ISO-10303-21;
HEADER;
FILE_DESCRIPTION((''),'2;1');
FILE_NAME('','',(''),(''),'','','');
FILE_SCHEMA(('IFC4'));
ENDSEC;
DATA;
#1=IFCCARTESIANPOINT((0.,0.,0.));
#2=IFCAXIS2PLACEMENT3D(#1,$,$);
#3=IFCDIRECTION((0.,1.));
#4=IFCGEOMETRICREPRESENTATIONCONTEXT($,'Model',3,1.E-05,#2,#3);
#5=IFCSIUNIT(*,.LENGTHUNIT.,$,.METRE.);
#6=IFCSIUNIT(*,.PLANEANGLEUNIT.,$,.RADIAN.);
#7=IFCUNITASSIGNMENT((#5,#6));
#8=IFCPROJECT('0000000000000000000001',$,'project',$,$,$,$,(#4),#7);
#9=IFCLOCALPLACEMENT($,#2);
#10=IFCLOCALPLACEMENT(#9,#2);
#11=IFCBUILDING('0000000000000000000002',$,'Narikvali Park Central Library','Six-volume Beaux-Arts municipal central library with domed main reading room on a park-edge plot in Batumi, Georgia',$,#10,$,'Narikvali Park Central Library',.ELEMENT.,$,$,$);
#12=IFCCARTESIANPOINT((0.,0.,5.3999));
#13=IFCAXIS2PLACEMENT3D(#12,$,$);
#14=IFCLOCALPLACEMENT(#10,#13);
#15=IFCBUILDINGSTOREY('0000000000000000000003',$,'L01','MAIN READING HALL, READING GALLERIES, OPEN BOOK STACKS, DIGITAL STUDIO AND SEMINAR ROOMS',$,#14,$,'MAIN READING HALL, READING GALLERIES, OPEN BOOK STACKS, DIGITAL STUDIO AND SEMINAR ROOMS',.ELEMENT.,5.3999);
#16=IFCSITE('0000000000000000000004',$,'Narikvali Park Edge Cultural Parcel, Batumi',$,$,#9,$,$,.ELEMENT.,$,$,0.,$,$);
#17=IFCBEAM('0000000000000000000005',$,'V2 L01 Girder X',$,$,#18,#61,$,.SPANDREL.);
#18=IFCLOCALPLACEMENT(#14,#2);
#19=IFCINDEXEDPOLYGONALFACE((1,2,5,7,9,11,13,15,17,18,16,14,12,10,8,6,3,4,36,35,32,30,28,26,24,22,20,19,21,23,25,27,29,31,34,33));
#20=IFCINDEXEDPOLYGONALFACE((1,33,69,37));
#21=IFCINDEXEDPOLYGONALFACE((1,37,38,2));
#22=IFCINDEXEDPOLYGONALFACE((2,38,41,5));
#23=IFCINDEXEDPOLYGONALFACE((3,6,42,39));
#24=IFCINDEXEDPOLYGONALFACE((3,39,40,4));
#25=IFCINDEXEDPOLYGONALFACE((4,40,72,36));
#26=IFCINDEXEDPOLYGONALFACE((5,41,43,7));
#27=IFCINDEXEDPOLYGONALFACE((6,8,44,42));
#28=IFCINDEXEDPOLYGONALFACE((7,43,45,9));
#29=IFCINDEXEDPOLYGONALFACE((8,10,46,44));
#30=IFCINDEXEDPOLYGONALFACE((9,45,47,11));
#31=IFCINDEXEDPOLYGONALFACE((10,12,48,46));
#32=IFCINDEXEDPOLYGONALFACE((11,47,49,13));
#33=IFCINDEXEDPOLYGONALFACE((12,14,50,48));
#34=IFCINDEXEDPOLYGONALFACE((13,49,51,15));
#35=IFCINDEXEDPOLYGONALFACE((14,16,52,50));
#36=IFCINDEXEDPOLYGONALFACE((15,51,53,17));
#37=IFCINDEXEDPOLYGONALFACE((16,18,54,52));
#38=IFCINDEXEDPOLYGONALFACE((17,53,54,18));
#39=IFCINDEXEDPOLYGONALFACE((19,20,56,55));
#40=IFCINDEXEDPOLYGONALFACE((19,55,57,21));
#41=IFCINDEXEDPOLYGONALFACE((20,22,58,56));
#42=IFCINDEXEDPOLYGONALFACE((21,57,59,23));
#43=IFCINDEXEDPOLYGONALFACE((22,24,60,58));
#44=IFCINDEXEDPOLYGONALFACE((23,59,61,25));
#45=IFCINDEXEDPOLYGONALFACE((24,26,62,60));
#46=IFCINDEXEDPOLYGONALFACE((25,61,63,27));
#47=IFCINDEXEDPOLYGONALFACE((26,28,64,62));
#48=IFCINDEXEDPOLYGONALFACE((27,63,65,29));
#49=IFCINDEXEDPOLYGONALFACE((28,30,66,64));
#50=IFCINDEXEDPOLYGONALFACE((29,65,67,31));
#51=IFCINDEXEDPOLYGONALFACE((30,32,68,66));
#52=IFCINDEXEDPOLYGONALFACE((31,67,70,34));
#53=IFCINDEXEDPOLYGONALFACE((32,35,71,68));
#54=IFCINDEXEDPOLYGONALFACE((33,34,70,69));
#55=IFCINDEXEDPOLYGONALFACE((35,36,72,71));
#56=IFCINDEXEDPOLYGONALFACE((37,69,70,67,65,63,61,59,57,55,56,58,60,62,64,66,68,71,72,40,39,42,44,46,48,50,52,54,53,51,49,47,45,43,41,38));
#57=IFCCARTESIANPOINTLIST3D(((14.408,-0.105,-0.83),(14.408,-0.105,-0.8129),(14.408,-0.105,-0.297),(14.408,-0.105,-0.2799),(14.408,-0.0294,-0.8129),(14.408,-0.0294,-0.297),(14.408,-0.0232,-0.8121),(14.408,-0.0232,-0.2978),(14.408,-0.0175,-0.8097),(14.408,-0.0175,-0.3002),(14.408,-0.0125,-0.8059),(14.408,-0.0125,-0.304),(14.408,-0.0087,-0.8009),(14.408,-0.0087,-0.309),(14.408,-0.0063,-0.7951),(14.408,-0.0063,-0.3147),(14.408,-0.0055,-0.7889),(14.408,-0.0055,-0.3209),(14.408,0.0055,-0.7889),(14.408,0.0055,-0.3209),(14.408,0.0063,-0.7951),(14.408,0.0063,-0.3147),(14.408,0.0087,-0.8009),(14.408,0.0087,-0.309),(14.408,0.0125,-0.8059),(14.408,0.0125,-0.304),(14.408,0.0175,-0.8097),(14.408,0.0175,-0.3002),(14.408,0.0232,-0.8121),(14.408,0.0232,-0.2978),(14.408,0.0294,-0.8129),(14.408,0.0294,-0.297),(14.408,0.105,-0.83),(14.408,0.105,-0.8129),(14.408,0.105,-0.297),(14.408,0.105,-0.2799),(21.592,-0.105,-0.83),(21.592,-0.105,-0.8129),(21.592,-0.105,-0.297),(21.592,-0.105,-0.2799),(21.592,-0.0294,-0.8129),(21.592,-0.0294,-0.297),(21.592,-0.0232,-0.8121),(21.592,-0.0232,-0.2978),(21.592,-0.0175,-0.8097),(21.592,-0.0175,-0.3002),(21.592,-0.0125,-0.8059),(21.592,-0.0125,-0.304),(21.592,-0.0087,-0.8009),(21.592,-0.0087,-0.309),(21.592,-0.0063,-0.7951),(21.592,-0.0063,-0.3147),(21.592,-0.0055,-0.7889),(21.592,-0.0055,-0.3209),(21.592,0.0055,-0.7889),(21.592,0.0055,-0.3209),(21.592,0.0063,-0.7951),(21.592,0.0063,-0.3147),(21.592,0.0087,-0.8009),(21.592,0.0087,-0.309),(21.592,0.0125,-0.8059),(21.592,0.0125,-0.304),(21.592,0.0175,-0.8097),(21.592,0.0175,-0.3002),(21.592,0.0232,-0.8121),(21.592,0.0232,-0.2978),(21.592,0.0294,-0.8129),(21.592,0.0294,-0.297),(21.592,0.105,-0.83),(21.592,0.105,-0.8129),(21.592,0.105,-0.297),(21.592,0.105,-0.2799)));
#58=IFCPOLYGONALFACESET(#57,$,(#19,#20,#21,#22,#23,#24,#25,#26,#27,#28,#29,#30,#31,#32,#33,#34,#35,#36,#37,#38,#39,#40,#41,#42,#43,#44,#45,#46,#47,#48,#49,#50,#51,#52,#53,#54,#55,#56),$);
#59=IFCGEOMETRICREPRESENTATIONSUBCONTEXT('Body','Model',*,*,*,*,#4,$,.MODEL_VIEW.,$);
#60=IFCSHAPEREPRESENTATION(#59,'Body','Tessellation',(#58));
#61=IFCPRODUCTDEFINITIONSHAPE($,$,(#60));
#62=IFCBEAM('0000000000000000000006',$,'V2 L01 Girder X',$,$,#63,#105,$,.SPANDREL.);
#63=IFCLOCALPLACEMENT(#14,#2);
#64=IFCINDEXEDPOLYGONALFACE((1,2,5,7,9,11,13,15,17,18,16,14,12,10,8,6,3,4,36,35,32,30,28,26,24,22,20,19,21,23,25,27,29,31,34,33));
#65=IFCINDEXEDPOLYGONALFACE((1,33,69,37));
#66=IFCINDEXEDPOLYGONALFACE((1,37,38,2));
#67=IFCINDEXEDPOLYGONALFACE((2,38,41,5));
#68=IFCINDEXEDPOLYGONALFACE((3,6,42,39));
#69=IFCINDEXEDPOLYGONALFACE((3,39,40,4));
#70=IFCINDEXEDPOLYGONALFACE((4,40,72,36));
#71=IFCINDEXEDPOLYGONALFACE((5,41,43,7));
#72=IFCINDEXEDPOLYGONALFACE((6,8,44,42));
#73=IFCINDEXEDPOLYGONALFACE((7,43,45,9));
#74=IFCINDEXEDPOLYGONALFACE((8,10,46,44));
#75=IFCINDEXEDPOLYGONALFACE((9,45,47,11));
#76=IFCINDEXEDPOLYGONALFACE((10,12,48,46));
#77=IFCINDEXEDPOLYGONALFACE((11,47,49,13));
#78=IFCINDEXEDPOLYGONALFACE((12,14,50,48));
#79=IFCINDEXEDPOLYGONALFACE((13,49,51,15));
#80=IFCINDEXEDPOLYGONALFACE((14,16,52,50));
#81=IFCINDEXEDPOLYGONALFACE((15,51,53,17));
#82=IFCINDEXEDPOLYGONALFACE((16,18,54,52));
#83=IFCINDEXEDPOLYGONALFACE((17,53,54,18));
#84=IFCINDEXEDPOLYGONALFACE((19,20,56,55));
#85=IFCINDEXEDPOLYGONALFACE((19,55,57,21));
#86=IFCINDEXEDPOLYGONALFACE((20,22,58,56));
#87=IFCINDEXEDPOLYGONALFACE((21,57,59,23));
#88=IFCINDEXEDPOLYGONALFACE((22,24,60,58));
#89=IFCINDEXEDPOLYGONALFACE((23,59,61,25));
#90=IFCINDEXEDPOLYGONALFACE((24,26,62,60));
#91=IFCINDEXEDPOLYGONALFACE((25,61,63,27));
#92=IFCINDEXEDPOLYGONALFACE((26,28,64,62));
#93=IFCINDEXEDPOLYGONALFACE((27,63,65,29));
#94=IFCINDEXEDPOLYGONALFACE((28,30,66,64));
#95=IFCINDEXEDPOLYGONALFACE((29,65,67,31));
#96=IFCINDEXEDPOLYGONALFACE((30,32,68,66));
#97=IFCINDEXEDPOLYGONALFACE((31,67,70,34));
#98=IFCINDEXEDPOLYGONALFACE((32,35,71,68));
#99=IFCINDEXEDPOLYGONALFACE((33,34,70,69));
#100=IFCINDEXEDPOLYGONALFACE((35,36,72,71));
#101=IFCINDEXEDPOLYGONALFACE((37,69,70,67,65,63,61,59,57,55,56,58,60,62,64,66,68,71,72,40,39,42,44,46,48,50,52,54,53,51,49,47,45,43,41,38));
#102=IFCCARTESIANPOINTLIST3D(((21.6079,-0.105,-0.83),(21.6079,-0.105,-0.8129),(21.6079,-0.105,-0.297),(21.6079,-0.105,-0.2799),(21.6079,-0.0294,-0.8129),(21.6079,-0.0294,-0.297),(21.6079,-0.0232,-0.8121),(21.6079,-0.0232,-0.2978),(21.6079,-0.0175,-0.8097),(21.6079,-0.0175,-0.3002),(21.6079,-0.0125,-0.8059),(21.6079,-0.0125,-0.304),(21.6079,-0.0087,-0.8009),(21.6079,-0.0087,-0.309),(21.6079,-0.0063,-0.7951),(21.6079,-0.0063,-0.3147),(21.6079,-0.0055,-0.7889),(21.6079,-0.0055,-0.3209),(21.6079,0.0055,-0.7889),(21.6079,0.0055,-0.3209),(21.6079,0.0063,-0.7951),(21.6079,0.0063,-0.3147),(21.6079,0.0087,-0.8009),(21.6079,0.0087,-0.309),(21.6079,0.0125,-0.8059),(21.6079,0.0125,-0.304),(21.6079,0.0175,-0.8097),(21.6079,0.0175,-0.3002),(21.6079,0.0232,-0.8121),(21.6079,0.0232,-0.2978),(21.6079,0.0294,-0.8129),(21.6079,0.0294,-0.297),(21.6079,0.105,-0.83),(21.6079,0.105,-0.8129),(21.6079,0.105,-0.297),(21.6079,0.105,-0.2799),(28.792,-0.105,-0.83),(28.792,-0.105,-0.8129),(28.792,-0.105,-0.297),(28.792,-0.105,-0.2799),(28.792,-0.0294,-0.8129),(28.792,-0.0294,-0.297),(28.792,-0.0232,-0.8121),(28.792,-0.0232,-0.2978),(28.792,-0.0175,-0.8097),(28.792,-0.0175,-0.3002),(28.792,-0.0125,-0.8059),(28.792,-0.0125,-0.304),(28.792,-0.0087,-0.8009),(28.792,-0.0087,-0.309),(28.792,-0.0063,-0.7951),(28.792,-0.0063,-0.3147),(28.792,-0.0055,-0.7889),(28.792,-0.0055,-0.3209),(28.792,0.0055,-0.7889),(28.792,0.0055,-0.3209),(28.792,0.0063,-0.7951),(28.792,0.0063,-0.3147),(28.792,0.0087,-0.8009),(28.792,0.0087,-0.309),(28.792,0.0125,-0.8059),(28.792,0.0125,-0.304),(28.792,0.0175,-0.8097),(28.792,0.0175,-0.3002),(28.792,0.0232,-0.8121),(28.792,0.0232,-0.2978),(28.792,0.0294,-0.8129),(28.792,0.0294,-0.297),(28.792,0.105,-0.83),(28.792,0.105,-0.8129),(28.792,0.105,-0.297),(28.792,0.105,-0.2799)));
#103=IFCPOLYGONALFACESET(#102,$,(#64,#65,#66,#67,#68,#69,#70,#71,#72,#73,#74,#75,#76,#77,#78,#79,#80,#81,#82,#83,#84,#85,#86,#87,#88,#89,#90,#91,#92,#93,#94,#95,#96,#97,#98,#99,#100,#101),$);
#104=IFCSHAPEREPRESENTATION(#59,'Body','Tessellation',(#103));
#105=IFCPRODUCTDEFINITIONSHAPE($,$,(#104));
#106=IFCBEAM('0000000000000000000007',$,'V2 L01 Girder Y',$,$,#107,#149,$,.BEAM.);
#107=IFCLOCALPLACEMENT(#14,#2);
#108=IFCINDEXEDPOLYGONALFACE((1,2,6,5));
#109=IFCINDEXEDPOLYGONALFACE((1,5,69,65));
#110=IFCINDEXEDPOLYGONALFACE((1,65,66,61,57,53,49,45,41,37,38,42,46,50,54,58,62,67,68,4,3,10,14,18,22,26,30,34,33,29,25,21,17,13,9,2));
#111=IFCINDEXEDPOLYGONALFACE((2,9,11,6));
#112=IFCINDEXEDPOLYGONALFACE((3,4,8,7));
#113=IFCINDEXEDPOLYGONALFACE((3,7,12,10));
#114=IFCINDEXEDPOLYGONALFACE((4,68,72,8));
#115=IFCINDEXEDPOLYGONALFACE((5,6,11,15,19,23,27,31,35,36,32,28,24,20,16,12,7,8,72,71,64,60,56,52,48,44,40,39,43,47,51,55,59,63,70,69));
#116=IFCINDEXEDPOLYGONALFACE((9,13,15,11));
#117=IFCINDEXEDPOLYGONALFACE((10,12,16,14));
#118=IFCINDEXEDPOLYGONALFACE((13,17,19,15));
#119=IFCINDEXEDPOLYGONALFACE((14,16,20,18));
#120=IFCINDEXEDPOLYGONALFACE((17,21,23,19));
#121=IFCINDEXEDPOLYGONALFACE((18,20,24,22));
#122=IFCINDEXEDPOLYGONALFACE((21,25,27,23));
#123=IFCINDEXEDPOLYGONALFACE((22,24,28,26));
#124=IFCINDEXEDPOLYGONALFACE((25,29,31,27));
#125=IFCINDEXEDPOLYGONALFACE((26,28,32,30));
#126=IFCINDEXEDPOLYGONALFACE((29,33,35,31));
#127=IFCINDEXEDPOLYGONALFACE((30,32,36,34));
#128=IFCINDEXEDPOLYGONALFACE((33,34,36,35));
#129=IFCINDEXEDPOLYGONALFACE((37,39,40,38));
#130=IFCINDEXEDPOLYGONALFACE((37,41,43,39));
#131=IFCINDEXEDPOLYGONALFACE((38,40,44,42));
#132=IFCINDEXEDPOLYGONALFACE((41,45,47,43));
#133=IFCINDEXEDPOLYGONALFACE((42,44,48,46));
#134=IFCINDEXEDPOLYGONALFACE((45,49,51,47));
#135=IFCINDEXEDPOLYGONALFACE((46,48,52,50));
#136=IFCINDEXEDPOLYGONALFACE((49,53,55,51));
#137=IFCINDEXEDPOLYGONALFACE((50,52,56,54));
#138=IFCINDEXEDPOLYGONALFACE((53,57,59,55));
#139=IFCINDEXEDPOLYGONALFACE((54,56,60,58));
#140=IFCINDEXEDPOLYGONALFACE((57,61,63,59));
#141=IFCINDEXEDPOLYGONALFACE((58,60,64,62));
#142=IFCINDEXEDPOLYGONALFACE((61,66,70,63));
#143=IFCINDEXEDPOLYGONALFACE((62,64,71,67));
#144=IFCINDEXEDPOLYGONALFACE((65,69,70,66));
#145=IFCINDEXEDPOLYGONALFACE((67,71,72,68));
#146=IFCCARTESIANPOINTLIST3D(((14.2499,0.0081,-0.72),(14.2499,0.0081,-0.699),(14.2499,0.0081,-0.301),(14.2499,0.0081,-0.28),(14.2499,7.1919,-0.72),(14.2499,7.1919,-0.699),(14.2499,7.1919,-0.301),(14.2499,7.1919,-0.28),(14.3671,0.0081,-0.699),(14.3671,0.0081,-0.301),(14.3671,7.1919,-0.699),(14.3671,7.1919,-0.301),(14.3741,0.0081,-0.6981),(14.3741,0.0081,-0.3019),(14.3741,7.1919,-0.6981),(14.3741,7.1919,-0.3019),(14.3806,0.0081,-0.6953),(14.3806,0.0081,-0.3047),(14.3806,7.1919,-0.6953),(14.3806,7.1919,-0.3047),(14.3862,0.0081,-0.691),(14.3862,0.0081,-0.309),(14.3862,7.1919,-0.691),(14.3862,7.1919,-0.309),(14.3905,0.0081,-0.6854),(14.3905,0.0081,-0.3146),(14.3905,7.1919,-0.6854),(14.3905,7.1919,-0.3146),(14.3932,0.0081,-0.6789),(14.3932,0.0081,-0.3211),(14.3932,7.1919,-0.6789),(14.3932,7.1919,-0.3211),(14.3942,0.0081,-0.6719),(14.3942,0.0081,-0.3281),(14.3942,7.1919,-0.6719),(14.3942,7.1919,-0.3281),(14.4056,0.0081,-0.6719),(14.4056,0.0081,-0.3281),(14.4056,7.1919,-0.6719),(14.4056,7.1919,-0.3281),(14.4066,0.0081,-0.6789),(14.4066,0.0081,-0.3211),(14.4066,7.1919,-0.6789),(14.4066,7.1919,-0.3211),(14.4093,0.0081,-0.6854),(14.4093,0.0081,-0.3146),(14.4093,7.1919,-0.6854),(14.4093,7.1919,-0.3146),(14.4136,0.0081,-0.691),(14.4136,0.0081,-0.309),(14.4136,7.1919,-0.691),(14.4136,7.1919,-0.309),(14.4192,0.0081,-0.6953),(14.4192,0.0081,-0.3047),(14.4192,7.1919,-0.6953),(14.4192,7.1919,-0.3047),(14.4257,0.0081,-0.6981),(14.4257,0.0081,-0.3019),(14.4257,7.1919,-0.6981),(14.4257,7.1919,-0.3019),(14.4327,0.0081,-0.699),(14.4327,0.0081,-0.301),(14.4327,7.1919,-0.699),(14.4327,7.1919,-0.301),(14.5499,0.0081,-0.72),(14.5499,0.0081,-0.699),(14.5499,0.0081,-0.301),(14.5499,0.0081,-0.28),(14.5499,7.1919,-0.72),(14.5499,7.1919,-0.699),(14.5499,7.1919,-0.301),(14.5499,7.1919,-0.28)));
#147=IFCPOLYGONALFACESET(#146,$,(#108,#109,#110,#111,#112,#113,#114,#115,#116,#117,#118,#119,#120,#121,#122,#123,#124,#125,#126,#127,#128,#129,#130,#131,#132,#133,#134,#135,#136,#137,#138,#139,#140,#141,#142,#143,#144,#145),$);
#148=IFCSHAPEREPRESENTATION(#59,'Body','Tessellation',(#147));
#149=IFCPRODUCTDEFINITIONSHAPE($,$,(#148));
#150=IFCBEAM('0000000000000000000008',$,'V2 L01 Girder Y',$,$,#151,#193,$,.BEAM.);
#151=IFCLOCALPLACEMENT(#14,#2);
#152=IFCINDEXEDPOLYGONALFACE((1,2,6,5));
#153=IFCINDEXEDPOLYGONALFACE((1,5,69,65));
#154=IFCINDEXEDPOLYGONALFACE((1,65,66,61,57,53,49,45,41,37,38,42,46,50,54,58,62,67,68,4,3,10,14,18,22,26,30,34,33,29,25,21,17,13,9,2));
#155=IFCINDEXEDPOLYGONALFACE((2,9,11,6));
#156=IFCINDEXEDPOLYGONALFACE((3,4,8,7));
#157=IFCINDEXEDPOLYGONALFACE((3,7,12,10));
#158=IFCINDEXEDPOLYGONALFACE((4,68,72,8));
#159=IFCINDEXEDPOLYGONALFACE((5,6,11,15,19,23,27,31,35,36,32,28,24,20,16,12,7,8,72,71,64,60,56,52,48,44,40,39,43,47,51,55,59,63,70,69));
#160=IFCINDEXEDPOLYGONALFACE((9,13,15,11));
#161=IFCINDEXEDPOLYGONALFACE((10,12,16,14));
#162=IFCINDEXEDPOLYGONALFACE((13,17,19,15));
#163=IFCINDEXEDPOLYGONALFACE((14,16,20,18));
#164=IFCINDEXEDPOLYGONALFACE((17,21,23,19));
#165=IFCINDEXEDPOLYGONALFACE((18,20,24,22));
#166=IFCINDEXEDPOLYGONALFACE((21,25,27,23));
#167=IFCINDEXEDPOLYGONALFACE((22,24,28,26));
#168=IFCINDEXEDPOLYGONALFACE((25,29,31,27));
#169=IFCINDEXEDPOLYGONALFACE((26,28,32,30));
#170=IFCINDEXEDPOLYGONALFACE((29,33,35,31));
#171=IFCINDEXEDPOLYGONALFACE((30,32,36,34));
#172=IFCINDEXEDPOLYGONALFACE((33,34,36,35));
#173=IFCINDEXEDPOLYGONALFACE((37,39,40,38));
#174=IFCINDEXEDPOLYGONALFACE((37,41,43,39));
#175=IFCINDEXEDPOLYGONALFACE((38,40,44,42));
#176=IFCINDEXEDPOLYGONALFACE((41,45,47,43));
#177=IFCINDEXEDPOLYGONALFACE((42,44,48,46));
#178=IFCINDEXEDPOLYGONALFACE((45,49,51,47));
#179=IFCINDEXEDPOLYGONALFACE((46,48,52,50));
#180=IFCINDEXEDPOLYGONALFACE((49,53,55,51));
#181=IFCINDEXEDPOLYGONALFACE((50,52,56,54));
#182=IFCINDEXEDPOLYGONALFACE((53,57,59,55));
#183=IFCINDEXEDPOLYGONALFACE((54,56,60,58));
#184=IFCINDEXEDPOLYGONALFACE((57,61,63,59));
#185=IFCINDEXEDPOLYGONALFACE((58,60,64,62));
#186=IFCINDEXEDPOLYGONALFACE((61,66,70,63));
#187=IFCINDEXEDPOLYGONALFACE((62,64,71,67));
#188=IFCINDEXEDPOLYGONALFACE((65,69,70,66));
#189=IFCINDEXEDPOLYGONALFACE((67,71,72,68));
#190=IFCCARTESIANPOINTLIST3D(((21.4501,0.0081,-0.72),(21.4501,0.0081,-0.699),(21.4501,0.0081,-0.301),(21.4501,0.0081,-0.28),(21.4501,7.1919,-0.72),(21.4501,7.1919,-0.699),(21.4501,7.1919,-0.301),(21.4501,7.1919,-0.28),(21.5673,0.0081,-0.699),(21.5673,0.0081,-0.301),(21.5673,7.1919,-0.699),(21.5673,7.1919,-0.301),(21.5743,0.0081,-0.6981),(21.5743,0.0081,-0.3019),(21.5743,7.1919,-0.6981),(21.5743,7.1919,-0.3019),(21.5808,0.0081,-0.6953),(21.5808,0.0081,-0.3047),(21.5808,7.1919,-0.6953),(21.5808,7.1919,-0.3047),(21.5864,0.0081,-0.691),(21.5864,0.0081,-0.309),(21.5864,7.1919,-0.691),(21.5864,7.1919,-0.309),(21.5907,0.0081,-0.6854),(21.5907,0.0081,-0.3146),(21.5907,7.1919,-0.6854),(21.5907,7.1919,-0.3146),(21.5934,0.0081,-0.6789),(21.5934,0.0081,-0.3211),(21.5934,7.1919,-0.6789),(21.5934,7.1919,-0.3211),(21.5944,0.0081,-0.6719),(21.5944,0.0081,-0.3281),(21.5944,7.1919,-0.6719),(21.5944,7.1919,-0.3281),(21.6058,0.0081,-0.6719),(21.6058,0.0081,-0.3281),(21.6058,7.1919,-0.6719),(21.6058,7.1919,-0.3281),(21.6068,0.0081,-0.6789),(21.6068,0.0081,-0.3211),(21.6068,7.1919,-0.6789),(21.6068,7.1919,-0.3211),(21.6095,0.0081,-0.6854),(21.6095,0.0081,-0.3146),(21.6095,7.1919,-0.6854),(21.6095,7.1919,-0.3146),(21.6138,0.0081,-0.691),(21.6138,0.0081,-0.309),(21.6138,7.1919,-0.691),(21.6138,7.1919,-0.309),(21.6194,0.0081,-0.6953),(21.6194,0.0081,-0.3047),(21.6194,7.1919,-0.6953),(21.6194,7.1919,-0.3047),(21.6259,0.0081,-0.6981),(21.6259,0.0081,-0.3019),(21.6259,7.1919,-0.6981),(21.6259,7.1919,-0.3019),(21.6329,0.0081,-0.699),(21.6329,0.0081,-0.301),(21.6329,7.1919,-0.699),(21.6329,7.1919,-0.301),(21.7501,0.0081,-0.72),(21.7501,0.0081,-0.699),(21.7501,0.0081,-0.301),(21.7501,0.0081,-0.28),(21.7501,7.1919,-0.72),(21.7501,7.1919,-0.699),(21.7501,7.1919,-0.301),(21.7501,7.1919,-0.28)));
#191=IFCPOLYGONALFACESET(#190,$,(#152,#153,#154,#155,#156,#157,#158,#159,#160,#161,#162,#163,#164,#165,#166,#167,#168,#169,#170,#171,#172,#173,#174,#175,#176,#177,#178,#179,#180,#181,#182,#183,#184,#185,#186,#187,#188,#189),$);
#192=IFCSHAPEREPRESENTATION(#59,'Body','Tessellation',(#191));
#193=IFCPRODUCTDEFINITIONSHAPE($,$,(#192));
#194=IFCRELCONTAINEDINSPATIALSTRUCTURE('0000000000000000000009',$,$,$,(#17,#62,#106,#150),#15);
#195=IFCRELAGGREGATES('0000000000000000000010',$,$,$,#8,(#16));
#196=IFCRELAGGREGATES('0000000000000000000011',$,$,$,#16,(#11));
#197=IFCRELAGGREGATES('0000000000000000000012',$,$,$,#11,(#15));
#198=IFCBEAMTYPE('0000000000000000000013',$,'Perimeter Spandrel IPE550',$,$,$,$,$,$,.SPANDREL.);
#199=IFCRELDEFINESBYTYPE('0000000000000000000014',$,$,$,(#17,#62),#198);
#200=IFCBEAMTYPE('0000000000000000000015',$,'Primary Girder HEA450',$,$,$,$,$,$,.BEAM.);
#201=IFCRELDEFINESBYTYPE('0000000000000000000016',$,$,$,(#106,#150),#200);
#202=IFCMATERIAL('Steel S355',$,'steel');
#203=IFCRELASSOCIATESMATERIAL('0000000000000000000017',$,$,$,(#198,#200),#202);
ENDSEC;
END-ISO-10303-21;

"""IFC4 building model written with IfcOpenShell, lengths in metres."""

from ifc_helpers import new_model, si_unit, direction, frame, origin, origin_2d, place, context, subcontext, project, spatial, i_section, extrude, material, material_profile, profile_set, type_object, element, save


model = new_model("IFC4")

# Units and contexts
model_context = context("Model", 3, precision=1e-05, world=origin(), true_north=direction((0.0, 1.0)))
body_context = subcontext(model_context, "Body", "Model", "MODEL_VIEW")
ifc_project = project(units=[si_unit("LENGTHUNIT", "METRE"), si_unit("PLANEANGLEUNIT", "RADIAN")], contexts=[model_context])

# Site, building, storey
site_placement = place(None, origin())
site = spatial("IfcSite", under=ifc_project, at=site_placement, Name="Narikvali Park Edge Cultural Parcel, Batumi", CompositionType="ELEMENT", RefElevation=0.0)
building_placement = place(site_placement, origin())
building = spatial("IfcBuilding", under=site, at=building_placement, Name="Narikvali Park Central Library", Description="Six-volume Beaux-Arts municipal central library with domed main reading room on a park-edge plot in Batumi, Georgia", LongName="Narikvali Park Central Library", CompositionType="ELEMENT")
storey_placement = place(building_placement, frame((0.0, 0.0, 5.3999)))
storey = spatial("IfcBuildingStorey", under=building, at=storey_placement, Name="L01", Description="MAIN READING HALL, READING GALLERIES, OPEN BOOK STACKS, DIGITAL STUDIO AND SEMINAR ROOMS", LongName="MAIN READING HALL, READING GALLERIES, OPEN BOOK STACKS, DIGITAL STUDIO AND SEMINAR ROOMS", CompositionType="ELEMENT", Elevation=5.3999)

# Shared definitions
ifc_material_1 = material(Name="Steel S355", Category="steel")

# Beams
ifc_material_profile_1 = material_profile(ifc_material_1, i_section(OverallWidth=0.21, OverallDepth=0.55, WebThickness=0.011, FlangeThickness=0.0171, FilletRadius=0.0239, at=origin_2d()), Name="IPE 550")
ifc_profile_set_1 = profile_set([ifc_material_profile_1], Name="Steel S355")
beam_type_1 = type_object("IfcBeamType", Name="Perimeter Spandrel IPE550", PredefinedType="SPANDREL", material=ifc_profile_set_1)
for number, where, z_axis, x_axis, name in (
    (1, (14.408, 0.0, -0.5549), (1.0, 0.0, 0.0), (0.0, 1.0, 0.0), "V2 L01 Girder X"),
    (2, (21.6079, 0.0, -0.5549), (1.0, 0.0, 0.0), (0.0, 1.0, 0.0), "V2 L01 Girder X"),
):
    element("IfcBeam", number, at=place(storey_placement, frame(where, z_axis=z_axis, x_axis=x_axis)), inside=storey, type_object=beam_type_1, Name=name, PredefinedType="SPANDREL", context=body_context, shape_type="SweptSolid", body=[
        extrude(i_section(OverallWidth=0.21, OverallDepth=0.55, WebThickness=0.011, FlangeThickness=0.0171, FilletRadius=0.0239, at=origin_2d()), origin(), (0.0, 0.0, 1.0), 7.1841),
    ])
ifc_material_profile_2 = material_profile(ifc_material_1, i_section(OverallWidth=0.3, OverallDepth=0.4399, WebThickness=0.0115, FlangeThickness=0.021, FilletRadius=0.0271, at=origin_2d()), Name="HEA 450")
ifc_profile_set_2 = profile_set([ifc_material_profile_2], Name="Steel S355")
beam_type_2 = type_object("IfcBeamType", Name="Primary Girder HEA450", PredefinedType="BEAM", material=ifc_profile_set_2)
for number, where, z_axis, x_axis, name in (
    (3, (14.3999, 0.0081, -0.5), (0.0, 1.0, 0.0), (-1.0, 0.0, 0.0), "V2 L01 Girder Y"),
    (4, (21.6001, 0.0081, -0.5), (0.0, 1.0, 0.0), (-1.0, 0.0, 0.0), "V2 L01 Girder Y"),
):
    element("IfcBeam", number, at=place(storey_placement, frame(where, z_axis=z_axis, x_axis=x_axis)), inside=storey, type_object=beam_type_2, Name=name, PredefinedType="BEAM", context=body_context, shape_type="SweptSolid", body=[
        extrude(i_section(OverallWidth=0.3, OverallDepth=0.4399, WebThickness=0.0115, FlangeThickness=0.021, FilletRadius=0.0271, at=origin_2d()), origin(), (0.0, 0.0, 1.0), 7.1838),
    ])

save(model, "model.ifc")
